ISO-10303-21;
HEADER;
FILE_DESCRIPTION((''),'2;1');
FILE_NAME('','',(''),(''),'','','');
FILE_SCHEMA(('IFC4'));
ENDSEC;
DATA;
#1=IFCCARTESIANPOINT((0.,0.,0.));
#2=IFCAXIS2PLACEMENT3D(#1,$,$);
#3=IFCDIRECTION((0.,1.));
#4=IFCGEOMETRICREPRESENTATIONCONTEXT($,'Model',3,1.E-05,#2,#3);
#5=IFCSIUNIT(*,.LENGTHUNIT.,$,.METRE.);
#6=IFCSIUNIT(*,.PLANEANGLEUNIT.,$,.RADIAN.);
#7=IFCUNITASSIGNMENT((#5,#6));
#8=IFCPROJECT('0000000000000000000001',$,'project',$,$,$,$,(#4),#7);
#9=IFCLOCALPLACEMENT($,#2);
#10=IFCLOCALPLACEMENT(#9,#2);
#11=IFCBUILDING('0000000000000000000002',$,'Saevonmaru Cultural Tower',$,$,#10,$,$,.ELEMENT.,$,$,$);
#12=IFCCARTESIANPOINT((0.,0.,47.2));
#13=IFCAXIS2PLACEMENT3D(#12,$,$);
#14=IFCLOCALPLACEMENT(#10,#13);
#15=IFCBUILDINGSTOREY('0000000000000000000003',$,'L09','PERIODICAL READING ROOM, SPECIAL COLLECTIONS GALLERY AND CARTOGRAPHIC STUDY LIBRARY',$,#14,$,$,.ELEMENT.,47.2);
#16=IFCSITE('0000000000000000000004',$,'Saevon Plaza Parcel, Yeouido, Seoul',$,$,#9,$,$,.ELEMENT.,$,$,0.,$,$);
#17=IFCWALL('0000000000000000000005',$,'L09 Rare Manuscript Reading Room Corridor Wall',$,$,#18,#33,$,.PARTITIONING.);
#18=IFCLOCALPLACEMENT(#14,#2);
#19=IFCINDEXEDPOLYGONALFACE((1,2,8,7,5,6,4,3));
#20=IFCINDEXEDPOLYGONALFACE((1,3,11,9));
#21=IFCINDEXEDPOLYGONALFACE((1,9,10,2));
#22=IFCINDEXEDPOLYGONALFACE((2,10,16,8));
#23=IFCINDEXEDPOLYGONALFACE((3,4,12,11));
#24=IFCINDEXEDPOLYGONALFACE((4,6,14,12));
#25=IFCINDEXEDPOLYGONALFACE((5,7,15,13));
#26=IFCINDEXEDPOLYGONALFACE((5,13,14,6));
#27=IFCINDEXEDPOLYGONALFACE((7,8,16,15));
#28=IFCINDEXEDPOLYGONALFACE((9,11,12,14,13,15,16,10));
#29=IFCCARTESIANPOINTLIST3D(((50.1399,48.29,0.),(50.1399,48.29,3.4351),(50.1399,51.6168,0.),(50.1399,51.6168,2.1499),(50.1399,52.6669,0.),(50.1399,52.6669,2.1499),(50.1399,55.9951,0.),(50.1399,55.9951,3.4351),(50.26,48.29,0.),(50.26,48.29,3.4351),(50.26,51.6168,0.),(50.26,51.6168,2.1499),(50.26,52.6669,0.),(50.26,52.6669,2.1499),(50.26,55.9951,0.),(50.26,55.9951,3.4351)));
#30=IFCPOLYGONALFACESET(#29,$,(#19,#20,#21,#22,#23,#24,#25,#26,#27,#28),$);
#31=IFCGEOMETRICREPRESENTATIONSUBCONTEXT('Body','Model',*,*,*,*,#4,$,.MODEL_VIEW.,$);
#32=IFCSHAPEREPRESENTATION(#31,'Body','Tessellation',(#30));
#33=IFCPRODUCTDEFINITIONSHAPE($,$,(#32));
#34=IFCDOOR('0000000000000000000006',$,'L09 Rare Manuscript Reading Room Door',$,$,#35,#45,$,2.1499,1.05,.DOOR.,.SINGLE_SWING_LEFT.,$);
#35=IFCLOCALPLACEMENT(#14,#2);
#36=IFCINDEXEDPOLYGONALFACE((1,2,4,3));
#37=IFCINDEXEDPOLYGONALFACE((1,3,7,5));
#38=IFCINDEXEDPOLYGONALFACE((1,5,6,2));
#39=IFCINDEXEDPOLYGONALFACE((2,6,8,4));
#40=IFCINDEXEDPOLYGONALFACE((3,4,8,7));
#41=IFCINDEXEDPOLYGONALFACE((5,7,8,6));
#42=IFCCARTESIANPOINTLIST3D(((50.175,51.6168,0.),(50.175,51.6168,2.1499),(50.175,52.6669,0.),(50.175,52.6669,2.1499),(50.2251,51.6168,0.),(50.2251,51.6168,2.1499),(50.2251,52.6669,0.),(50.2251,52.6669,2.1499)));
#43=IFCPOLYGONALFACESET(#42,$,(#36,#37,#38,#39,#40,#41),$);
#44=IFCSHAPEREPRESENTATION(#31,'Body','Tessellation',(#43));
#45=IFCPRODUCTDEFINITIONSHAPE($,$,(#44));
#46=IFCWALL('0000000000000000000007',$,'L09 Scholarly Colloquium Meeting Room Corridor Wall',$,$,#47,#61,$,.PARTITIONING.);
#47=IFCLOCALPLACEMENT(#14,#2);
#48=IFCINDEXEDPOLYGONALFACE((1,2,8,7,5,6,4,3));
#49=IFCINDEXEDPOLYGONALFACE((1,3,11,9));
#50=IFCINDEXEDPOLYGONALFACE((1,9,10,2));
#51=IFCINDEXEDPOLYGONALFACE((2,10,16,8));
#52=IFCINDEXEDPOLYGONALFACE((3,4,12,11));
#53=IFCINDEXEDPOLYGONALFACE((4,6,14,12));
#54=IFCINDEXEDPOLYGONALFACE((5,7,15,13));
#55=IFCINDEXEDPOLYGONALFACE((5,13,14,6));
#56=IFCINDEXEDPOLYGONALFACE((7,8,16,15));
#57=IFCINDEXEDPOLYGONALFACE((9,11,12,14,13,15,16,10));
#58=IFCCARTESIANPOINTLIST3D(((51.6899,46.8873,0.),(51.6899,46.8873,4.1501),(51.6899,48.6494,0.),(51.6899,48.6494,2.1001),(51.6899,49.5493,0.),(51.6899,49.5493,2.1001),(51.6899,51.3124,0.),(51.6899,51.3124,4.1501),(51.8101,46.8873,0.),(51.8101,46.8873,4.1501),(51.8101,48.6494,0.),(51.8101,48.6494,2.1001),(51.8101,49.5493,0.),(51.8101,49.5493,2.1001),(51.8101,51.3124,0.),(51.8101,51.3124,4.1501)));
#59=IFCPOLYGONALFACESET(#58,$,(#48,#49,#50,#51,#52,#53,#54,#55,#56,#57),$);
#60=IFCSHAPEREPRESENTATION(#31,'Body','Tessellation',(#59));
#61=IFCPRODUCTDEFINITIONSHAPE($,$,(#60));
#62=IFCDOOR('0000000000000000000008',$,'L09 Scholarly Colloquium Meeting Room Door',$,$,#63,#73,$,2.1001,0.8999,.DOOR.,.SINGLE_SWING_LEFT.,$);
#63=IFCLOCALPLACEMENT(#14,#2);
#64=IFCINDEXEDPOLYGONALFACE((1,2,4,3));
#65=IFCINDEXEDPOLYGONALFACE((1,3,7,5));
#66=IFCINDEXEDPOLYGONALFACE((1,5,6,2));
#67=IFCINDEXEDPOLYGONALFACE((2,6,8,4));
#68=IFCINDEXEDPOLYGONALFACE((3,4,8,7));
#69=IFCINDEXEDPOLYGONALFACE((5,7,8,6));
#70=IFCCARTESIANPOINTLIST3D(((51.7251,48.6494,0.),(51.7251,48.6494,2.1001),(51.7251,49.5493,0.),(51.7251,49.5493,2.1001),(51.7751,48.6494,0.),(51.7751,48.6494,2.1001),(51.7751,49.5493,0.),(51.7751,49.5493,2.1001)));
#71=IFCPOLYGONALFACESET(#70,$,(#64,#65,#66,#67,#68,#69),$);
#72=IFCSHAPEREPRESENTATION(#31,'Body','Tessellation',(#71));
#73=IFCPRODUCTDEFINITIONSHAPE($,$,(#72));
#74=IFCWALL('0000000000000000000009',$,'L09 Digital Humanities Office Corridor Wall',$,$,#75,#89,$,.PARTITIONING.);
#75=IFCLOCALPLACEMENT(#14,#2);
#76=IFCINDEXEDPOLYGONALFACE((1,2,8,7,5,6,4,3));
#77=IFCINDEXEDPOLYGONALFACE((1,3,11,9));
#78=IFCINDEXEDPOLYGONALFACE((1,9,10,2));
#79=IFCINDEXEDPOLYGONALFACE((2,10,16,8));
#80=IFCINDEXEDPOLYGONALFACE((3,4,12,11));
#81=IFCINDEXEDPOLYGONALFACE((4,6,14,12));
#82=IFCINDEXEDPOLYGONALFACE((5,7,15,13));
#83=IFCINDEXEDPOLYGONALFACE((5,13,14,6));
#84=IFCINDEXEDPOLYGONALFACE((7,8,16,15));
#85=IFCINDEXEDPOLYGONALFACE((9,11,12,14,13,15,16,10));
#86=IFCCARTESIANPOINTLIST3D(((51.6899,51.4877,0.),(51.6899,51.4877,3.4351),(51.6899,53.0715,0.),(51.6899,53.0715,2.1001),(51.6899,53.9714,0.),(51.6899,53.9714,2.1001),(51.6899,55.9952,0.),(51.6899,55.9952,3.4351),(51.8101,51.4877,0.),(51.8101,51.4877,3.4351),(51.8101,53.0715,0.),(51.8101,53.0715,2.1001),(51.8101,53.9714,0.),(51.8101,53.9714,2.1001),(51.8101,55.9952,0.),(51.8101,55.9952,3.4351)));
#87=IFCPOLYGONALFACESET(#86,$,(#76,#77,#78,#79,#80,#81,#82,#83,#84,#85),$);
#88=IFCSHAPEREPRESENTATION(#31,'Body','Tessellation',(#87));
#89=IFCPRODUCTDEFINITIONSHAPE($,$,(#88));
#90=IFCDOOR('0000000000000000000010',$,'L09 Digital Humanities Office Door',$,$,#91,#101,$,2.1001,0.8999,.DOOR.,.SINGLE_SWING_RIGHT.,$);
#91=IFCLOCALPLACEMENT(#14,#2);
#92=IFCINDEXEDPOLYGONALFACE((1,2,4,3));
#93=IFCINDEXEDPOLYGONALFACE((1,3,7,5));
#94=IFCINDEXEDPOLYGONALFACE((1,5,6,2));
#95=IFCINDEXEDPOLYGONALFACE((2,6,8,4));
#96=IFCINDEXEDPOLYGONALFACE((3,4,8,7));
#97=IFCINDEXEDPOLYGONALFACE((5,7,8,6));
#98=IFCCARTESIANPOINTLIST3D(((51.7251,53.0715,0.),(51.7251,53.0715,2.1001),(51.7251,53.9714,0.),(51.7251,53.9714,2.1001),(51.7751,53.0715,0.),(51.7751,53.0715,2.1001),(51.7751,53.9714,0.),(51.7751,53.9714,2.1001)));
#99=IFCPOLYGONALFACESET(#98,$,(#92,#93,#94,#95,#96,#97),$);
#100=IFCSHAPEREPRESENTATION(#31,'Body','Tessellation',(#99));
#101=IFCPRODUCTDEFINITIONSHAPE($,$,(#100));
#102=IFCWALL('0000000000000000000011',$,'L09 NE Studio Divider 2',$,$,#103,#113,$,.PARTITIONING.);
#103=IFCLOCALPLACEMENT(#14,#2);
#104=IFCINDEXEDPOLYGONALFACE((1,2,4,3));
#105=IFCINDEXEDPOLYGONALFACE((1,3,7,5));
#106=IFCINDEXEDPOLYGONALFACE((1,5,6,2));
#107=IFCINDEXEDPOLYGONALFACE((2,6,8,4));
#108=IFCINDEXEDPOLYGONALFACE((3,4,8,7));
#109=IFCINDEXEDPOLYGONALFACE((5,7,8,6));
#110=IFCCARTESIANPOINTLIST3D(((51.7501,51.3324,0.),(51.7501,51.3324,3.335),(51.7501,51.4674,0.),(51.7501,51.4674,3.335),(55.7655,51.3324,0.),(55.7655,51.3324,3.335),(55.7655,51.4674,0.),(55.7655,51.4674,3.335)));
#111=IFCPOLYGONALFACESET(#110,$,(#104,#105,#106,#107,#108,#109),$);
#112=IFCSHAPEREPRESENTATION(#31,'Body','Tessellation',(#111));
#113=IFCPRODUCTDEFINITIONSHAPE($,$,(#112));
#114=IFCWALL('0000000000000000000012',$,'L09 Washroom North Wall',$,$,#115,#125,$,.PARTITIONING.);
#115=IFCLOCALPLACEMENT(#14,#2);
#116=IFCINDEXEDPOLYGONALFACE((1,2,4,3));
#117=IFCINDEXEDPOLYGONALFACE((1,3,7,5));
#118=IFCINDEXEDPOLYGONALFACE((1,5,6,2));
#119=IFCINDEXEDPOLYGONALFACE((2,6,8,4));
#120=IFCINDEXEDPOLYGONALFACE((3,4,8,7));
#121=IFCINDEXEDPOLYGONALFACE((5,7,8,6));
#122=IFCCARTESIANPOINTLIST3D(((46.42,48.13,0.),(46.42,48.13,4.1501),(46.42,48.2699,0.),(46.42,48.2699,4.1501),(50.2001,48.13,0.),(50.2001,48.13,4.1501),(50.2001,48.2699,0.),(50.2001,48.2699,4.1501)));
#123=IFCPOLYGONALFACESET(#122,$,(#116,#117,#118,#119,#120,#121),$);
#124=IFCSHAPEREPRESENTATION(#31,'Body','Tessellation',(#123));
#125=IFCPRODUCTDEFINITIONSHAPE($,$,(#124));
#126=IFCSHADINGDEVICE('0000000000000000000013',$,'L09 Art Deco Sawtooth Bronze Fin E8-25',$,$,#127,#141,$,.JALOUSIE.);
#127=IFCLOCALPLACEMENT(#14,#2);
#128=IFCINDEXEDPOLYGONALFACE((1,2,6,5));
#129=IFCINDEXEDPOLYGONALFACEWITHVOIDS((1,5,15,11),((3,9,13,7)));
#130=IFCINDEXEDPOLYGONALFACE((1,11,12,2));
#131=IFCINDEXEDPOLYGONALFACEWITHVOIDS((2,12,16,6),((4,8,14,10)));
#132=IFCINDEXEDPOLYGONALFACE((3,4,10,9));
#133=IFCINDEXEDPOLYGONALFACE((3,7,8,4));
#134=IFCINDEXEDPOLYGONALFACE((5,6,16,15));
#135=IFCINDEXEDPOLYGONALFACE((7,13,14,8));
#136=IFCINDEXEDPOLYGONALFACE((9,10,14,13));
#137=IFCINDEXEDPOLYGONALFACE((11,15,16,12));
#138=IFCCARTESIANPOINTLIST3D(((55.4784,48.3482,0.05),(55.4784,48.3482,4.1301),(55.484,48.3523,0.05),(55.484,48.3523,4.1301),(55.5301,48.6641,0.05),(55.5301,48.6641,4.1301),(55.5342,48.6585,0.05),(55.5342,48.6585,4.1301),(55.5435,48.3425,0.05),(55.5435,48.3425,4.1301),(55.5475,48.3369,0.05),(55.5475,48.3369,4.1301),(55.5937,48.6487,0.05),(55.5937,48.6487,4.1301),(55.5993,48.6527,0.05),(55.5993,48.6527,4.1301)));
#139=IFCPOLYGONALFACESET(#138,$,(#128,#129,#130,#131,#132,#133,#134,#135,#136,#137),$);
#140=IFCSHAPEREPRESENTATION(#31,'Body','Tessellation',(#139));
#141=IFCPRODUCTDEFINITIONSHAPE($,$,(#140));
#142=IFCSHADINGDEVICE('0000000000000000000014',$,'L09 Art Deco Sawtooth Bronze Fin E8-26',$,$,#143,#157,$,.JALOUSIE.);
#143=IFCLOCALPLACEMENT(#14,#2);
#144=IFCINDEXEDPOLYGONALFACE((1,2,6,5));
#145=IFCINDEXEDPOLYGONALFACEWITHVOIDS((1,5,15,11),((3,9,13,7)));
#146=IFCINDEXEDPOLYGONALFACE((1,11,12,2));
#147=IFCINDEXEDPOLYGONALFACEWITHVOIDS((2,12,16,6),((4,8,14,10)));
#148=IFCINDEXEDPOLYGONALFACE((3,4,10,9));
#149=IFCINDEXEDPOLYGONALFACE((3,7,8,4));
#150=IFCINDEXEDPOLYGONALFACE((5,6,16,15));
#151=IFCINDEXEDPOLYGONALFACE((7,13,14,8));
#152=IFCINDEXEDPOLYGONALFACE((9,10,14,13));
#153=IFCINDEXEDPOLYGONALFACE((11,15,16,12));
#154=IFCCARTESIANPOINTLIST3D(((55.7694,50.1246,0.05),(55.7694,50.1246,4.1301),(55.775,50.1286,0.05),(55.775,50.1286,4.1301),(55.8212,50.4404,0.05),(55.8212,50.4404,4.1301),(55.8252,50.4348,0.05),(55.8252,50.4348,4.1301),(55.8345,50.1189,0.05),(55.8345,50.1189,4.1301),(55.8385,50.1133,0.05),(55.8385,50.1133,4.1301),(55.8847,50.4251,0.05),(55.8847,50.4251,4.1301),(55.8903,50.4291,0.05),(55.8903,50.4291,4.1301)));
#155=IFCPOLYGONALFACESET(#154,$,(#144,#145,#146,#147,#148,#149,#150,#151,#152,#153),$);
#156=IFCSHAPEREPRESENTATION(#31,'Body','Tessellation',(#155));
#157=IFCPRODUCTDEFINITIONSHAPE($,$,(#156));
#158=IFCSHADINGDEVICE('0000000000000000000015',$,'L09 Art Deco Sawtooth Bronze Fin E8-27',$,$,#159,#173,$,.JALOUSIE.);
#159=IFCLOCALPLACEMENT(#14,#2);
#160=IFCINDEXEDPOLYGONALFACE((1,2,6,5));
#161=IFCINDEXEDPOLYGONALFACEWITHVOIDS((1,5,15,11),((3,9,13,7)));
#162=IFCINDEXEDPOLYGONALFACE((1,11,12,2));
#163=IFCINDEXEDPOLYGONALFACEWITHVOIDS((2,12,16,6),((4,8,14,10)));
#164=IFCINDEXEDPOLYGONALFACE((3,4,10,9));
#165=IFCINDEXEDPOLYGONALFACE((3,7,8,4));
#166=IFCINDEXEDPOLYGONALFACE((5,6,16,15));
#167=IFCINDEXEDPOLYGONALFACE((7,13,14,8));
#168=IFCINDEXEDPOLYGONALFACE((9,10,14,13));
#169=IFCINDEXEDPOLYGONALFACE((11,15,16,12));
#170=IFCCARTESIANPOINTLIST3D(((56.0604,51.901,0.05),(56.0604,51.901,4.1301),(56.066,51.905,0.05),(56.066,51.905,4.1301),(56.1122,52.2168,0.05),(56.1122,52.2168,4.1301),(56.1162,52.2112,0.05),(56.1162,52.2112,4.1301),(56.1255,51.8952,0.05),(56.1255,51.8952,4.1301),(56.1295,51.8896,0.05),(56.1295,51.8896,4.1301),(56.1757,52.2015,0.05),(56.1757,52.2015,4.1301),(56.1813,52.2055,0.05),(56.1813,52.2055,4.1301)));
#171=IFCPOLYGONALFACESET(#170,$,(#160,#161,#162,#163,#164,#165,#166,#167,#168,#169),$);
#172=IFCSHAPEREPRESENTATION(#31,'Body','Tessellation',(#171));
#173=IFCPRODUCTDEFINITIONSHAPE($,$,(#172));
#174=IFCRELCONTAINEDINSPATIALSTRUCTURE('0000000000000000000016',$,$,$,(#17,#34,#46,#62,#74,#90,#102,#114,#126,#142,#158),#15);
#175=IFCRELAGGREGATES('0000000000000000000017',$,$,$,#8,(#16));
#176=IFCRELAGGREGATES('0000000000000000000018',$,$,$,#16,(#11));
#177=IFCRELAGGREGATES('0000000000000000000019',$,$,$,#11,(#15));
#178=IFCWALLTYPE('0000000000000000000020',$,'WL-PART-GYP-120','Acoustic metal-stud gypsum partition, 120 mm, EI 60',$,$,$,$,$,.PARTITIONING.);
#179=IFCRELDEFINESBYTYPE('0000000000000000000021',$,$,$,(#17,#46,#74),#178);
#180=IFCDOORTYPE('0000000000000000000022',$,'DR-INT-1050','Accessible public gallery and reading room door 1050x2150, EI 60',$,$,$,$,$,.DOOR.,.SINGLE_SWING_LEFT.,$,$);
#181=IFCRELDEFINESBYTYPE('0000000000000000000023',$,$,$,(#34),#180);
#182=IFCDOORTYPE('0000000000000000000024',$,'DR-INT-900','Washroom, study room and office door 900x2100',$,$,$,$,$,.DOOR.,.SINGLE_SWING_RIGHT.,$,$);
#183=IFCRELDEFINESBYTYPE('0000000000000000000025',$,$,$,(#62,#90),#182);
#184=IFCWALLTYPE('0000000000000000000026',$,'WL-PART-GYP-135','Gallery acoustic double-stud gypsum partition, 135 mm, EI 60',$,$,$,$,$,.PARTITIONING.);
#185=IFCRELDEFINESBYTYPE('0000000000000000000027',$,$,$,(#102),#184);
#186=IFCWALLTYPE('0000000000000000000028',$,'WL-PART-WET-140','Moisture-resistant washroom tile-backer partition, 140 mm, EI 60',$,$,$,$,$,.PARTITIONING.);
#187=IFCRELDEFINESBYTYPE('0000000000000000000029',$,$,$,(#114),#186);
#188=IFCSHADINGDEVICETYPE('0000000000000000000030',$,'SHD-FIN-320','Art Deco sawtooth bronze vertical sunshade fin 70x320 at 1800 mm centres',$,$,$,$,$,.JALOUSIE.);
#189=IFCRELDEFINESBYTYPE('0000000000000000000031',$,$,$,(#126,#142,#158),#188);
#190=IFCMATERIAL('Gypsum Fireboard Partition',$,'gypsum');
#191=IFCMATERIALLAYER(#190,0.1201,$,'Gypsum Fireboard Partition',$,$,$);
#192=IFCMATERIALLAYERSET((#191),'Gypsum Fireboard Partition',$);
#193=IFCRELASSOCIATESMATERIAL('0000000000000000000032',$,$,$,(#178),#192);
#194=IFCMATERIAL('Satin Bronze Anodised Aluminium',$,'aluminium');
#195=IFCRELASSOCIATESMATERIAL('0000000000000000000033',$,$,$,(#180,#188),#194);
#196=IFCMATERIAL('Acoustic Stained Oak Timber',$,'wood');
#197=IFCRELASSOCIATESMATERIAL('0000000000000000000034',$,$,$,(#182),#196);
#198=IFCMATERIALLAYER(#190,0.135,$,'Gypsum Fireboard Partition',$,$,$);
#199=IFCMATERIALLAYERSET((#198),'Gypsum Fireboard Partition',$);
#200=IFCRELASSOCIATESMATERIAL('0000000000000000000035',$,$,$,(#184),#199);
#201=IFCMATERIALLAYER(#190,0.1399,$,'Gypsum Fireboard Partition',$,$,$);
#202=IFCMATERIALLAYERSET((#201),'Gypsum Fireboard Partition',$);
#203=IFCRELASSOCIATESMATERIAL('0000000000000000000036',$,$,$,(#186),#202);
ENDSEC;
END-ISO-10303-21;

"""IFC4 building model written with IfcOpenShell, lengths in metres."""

from ifc_helpers import new_model, si_unit, direction, frame, frame_2d, origin, origin_2d, place, context, subcontext, project, spatial, rectangle, hollow_rectangle, extrude, material, layer, layer_set, material_profile, profile_set, type_object, element, fill, save


model = new_model("IFC4")

# Units and contexts
model_context = context("Model", 3, precision=1e-05, world=origin(), true_north=direction((0.0, 1.0)))
body_context = subcontext(model_context, "Body", "Model", "MODEL_VIEW")
ifc_project = project(units=[si_unit("LENGTHUNIT", "METRE"), si_unit("PLANEANGLEUNIT", "RADIAN")], contexts=[model_context])

# Site, building, storey
site_placement = place(None, origin())
site = spatial("IfcSite", under=ifc_project, at=site_placement, Name="Saevon Plaza Parcel, Yeouido, Seoul", CompositionType="ELEMENT", RefElevation=0.0)
building_placement = place(site_placement, origin())
building = spatial("IfcBuilding", under=site, at=building_placement, Name="Saevonmaru Cultural Tower", CompositionType="ELEMENT")
storey_placement = place(building_placement, frame((0.0, 0.0, 47.2)))
storey = spatial("IfcBuildingStorey", under=building, at=storey_placement, Name="L09", Description="PERIODICAL READING ROOM, SPECIAL COLLECTIONS GALLERY AND CARTOGRAPHIC STUDY LIBRARY", CompositionType="ELEMENT", Elevation=47.2)

# Shared definitions
ifc_material_1 = material(Name="Satin Bronze Anodised Aluminium", Category="aluminium")

# Walls, openings, doors
ifc_material_2 = material(Name="Gypsum Fireboard Partition", Category="gypsum")
ifc_layer_1 = layer(ifc_material_2, 0.1201, Name="Gypsum Fireboard Partition")
ifc_layer_set_1 = layer_set([ifc_layer_1], Name="Gypsum Fireboard Partition")
wall_type_1 = type_object("IfcWallType", Name="WL-PART-GYP-120", Description="Acoustic metal-stud gypsum partition, 120 mm, EI 60", PredefinedType="PARTITIONING", material=ifc_layer_set_1)
wall_1_placement = place(storey_placement, frame((50.2, 48.29, 0.0), z_axis=(0.0, 0.0, 1.0), x_axis=(0.0, 1.0, 0.0)))
wall_1 = element("IfcWall", 1, at=wall_1_placement, inside=storey, type_object=wall_type_1, Name="L09 Rare Manuscript Reading Room Corridor Wall", PredefinedType="PARTITIONING", context=body_context, shape_type="SweptSolid", body=[
    extrude(rectangle(XDim=7.7051, YDim=0.1201, at=frame_2d((3.8525, 0.0))), origin(), (0.0, 0.0, 1.0), 3.4351),
])
opening_1_placement = place(wall_1_placement, frame((3.3269, 0.0, 0.0)))
opening_1 = element("IfcOpeningElement", 2, at=opening_1_placement, cuts=wall_1, PredefinedType="OPENING", context=body_context, shape_type="SweptSolid", body=[
    extrude(rectangle(XDim=1.05, YDim=2.1499, at=frame_2d((0.5249, 1.075))), frame((0.0, 0.0701, 0.0), z_axis=(0.0, -1.0, 0.0), x_axis=(1.0, 0.0, 0.0)), (0.0, 0.0, 1.0), 0.1401),
])
door_type_1 = type_object("IfcDoorType", Name="DR-INT-1050", Description="Accessible public gallery and reading room door 1050x2150, EI 60", OperationType="SINGLE_SWING_LEFT", PredefinedType="DOOR", material=ifc_material_1)
door_1_placement = place(opening_1_placement, origin())
door_1 = element("IfcDoor", 3, at=door_1_placement, inside=storey, type_object=door_type_1, Name="L09 Rare Manuscript Reading Room Door", OperationType="SINGLE_SWING_LEFT", OverallHeight=2.1499, OverallWidth=1.05, PredefinedType="DOOR", context=body_context, shape_type="SweptSolid", body=[
    extrude(rectangle(XDim=1.05, YDim=2.1499, at=frame_2d((0.5249, 1.075))), frame((0.0, 0.0249, 0.0), z_axis=(0.0, -1.0, 0.0), x_axis=(1.0, 0.0, 0.0)), (0.0, 0.0, 1.0), 0.05),
])
fill(opening_1, door_1)
wall_2_placement = place(storey_placement, frame((51.75, 46.8875, 0.0), z_axis=(0.0, 0.0, 1.0), x_axis=(0.0, 1.0, 0.0)))
wall_2 = element("IfcWall", 4, at=wall_2_placement, inside=storey, type_object=wall_type_1, Name="L09 Scholarly Colloquium Meeting Room Corridor Wall", PredefinedType="PARTITIONING", context=body_context, shape_type="SweptSolid", body=[
    extrude(rectangle(XDim=4.425, YDim=0.1201, at=frame_2d((2.2124, 0.0))), origin(), (0.0, 0.0, 1.0), 4.1501),
])
opening_2_placement = place(wall_2_placement, frame((1.762, 0.0, 0.0)))
opening_2 = element("IfcOpeningElement", 5, at=opening_2_placement, cuts=wall_2, PredefinedType="OPENING", context=body_context, shape_type="SweptSolid", body=[
    extrude(rectangle(XDim=0.8999, YDim=2.1001, at=frame_2d((0.45, 1.05))), frame((0.0, 0.0701, 0.0), z_axis=(0.0, -1.0, 0.0), x_axis=(1.0, 0.0, 0.0)), (0.0, 0.0, 1.0), 0.1401),
])
ifc_material_3 = material(Name="Acoustic Stained Oak Timber", Category="wood")
door_type_2 = type_object("IfcDoorType", Name="DR-INT-900", Description="Washroom, study room and office door 900x2100", OperationType="SINGLE_SWING_RIGHT", PredefinedType="DOOR", material=ifc_material_3)
door_2_placement = place(opening_2_placement, origin())
door_2 = element("IfcDoor", 6, at=door_2_placement, inside=storey, type_object=door_type_2, Name="L09 Scholarly Colloquium Meeting Room Door", OperationType="SINGLE_SWING_LEFT", OverallHeight=2.1001, OverallWidth=0.8999, PredefinedType="DOOR", context=body_context, shape_type="SweptSolid", body=[
    extrude(rectangle(XDim=0.8999, YDim=2.1001, at=frame_2d((0.45, 1.05))), frame((0.0, 0.0249, 0.0), z_axis=(0.0, -1.0, 0.0), x_axis=(1.0, 0.0, 0.0)), (0.0, 0.0, 1.0), 0.05),
])
fill(opening_2, door_2)
wall_3_placement = place(storey_placement, frame((51.75, 51.4875, 0.0), z_axis=(0.0, 0.0, 1.0), x_axis=(0.0, 1.0, 0.0)))
wall_3 = element("IfcWall", 7, at=wall_3_placement, inside=storey, type_object=wall_type_1, Name="L09 Digital Humanities Office Corridor Wall", PredefinedType="PARTITIONING", context=body_context, shape_type="SweptSolid", body=[
    extrude(rectangle(XDim=4.5076, YDim=0.1201, at=frame_2d((2.2539, 0.0))), origin(), (0.0, 0.0, 1.0), 3.4351),
])
opening_3_placement = place(wall_3_placement, frame((1.584, 0.0, 0.0)))
opening_3 = element("IfcOpeningElement", 8, at=opening_3_placement, cuts=wall_3, PredefinedType="OPENING", context=body_context, shape_type="SweptSolid", body=[
    extrude(rectangle(XDim=0.8999, YDim=2.1001, at=frame_2d((0.45, 1.05))), frame((0.0, 0.0701, 0.0), z_axis=(0.0, -1.0, 0.0), x_axis=(1.0, 0.0, 0.0)), (0.0, 0.0, 1.0), 0.1401),
])
door_3_placement = place(opening_3_placement, origin())
door_3 = element("IfcDoor", 9, at=door_3_placement, inside=storey, type_object=door_type_2, Name="L09 Digital Humanities Office Door", OperationType="SINGLE_SWING_RIGHT", OverallHeight=2.1001, OverallWidth=0.8999, PredefinedType="DOOR", context=body_context, shape_type="SweptSolid", body=[
    extrude(rectangle(XDim=0.8999, YDim=2.1001, at=frame_2d((0.45, 1.05))), frame((0.0, 0.0249, 0.0), z_axis=(0.0, -1.0, 0.0), x_axis=(1.0, 0.0, 0.0)), (0.0, 0.0, 1.0), 0.05),
])
fill(opening_3, door_3)

# Walls
ifc_layer_2 = layer(ifc_material_2, 0.135, Name="Gypsum Fireboard Partition")
ifc_layer_set_2 = layer_set([ifc_layer_2], Name="Gypsum Fireboard Partition")
wall_type_2 = type_object("IfcWallType", Name="WL-PART-GYP-135", Description="Gallery acoustic double-stud gypsum partition, 135 mm, EI 60", PredefinedType="PARTITIONING", material=ifc_layer_set_2)
wall_4_placement = place(storey_placement, frame((51.75, 51.3999, 0.0), z_axis=(0.0, 0.0, 1.0), x_axis=(1.0, 0.0, 0.0)))
element("IfcWall", 10, at=wall_4_placement, inside=storey, type_object=wall_type_2, Name="L09 NE Studio Divider 2", PredefinedType="PARTITIONING", context=body_context, shape_type="SweptSolid", body=[
    extrude(rectangle(XDim=4.0154, YDim=0.135, at=frame_2d((2.0078, 0.0))), origin(), (0.0, 0.0, 1.0), 3.335),
])
ifc_layer_3 = layer(ifc_material_2, 0.1399, Name="Gypsum Fireboard Partition")
ifc_layer_set_3 = layer_set([ifc_layer_3], Name="Gypsum Fireboard Partition")
wall_type_3 = type_object("IfcWallType", Name="WL-PART-WET-140", Description="Moisture-resistant washroom tile-backer partition, 140 mm, EI 60", PredefinedType="PARTITIONING", material=ifc_layer_set_3)
wall_5_placement = place(storey_placement, frame((46.4199, 48.2, 0.0), z_axis=(0.0, 0.0, 1.0), x_axis=(1.0, 0.0, 0.0)))
element("IfcWall", 11, at=wall_5_placement, inside=storey, type_object=wall_type_3, Name="L09 Washroom North Wall", PredefinedType="PARTITIONING", context=body_context, shape_type="SweptSolid", body=[
    extrude(rectangle(XDim=3.78, YDim=0.1399, at=frame_2d((1.8901, 0.0))), origin(), (0.0, 0.0, 1.0), 4.1501),
])

# Shading devices
ifc_material_profile_1 = material_profile(ifc_material_1, hollow_rectangle(XDim=0.0701, YDim=0.3201, WallThickness=0.0049, at=origin_2d()), Name="FIN-320x70")
ifc_profile_set_1 = profile_set([ifc_material_profile_1], Name="Satin Bronze Anodised Aluminium")
shading_device_type = type_object("IfcShadingDeviceType", Name="SHD-FIN-320", Description="Art Deco sawtooth bronze vertical sunshade fin 70x320 at 1800 mm centres", PredefinedType="JALOUSIE", material=ifc_profile_set_1)
for number, where, z_axis, x_axis, name in (
    (12, (55.5388, 48.5005, 0.05), (0.0, 0.0, 1.0), (0.986827, -0.161776, 0.0), "L09 Art Deco Sawtooth Bronze Fin E8-25"),
    (13, (55.8298, 50.2769, 0.05), (0.0, 0.0, 1.0), (0.986827, -0.161776, 0.0), "L09 Art Deco Sawtooth Bronze Fin E8-26"),
    (14, (56.1208, 52.0532, 0.05), (0.0, 0.0, 1.0), (0.986827, -0.161776, 0.0), "L09 Art Deco Sawtooth Bronze Fin E8-27"),
):
    element("IfcShadingDevice", number, at=place(storey_placement, frame(where, z_axis=z_axis, x_axis=x_axis)), inside=storey, type_object=shading_device_type, Name=name, PredefinedType="JALOUSIE", context=body_context, shape_type="SweptSolid", body=[
        extrude(hollow_rectangle(XDim=0.0701, YDim=0.3201, WallThickness=0.0049, at=origin_2d()), origin(), (0.0, 0.0, 1.0), 4.0801),
    ])

save(model, "model.ifc")
